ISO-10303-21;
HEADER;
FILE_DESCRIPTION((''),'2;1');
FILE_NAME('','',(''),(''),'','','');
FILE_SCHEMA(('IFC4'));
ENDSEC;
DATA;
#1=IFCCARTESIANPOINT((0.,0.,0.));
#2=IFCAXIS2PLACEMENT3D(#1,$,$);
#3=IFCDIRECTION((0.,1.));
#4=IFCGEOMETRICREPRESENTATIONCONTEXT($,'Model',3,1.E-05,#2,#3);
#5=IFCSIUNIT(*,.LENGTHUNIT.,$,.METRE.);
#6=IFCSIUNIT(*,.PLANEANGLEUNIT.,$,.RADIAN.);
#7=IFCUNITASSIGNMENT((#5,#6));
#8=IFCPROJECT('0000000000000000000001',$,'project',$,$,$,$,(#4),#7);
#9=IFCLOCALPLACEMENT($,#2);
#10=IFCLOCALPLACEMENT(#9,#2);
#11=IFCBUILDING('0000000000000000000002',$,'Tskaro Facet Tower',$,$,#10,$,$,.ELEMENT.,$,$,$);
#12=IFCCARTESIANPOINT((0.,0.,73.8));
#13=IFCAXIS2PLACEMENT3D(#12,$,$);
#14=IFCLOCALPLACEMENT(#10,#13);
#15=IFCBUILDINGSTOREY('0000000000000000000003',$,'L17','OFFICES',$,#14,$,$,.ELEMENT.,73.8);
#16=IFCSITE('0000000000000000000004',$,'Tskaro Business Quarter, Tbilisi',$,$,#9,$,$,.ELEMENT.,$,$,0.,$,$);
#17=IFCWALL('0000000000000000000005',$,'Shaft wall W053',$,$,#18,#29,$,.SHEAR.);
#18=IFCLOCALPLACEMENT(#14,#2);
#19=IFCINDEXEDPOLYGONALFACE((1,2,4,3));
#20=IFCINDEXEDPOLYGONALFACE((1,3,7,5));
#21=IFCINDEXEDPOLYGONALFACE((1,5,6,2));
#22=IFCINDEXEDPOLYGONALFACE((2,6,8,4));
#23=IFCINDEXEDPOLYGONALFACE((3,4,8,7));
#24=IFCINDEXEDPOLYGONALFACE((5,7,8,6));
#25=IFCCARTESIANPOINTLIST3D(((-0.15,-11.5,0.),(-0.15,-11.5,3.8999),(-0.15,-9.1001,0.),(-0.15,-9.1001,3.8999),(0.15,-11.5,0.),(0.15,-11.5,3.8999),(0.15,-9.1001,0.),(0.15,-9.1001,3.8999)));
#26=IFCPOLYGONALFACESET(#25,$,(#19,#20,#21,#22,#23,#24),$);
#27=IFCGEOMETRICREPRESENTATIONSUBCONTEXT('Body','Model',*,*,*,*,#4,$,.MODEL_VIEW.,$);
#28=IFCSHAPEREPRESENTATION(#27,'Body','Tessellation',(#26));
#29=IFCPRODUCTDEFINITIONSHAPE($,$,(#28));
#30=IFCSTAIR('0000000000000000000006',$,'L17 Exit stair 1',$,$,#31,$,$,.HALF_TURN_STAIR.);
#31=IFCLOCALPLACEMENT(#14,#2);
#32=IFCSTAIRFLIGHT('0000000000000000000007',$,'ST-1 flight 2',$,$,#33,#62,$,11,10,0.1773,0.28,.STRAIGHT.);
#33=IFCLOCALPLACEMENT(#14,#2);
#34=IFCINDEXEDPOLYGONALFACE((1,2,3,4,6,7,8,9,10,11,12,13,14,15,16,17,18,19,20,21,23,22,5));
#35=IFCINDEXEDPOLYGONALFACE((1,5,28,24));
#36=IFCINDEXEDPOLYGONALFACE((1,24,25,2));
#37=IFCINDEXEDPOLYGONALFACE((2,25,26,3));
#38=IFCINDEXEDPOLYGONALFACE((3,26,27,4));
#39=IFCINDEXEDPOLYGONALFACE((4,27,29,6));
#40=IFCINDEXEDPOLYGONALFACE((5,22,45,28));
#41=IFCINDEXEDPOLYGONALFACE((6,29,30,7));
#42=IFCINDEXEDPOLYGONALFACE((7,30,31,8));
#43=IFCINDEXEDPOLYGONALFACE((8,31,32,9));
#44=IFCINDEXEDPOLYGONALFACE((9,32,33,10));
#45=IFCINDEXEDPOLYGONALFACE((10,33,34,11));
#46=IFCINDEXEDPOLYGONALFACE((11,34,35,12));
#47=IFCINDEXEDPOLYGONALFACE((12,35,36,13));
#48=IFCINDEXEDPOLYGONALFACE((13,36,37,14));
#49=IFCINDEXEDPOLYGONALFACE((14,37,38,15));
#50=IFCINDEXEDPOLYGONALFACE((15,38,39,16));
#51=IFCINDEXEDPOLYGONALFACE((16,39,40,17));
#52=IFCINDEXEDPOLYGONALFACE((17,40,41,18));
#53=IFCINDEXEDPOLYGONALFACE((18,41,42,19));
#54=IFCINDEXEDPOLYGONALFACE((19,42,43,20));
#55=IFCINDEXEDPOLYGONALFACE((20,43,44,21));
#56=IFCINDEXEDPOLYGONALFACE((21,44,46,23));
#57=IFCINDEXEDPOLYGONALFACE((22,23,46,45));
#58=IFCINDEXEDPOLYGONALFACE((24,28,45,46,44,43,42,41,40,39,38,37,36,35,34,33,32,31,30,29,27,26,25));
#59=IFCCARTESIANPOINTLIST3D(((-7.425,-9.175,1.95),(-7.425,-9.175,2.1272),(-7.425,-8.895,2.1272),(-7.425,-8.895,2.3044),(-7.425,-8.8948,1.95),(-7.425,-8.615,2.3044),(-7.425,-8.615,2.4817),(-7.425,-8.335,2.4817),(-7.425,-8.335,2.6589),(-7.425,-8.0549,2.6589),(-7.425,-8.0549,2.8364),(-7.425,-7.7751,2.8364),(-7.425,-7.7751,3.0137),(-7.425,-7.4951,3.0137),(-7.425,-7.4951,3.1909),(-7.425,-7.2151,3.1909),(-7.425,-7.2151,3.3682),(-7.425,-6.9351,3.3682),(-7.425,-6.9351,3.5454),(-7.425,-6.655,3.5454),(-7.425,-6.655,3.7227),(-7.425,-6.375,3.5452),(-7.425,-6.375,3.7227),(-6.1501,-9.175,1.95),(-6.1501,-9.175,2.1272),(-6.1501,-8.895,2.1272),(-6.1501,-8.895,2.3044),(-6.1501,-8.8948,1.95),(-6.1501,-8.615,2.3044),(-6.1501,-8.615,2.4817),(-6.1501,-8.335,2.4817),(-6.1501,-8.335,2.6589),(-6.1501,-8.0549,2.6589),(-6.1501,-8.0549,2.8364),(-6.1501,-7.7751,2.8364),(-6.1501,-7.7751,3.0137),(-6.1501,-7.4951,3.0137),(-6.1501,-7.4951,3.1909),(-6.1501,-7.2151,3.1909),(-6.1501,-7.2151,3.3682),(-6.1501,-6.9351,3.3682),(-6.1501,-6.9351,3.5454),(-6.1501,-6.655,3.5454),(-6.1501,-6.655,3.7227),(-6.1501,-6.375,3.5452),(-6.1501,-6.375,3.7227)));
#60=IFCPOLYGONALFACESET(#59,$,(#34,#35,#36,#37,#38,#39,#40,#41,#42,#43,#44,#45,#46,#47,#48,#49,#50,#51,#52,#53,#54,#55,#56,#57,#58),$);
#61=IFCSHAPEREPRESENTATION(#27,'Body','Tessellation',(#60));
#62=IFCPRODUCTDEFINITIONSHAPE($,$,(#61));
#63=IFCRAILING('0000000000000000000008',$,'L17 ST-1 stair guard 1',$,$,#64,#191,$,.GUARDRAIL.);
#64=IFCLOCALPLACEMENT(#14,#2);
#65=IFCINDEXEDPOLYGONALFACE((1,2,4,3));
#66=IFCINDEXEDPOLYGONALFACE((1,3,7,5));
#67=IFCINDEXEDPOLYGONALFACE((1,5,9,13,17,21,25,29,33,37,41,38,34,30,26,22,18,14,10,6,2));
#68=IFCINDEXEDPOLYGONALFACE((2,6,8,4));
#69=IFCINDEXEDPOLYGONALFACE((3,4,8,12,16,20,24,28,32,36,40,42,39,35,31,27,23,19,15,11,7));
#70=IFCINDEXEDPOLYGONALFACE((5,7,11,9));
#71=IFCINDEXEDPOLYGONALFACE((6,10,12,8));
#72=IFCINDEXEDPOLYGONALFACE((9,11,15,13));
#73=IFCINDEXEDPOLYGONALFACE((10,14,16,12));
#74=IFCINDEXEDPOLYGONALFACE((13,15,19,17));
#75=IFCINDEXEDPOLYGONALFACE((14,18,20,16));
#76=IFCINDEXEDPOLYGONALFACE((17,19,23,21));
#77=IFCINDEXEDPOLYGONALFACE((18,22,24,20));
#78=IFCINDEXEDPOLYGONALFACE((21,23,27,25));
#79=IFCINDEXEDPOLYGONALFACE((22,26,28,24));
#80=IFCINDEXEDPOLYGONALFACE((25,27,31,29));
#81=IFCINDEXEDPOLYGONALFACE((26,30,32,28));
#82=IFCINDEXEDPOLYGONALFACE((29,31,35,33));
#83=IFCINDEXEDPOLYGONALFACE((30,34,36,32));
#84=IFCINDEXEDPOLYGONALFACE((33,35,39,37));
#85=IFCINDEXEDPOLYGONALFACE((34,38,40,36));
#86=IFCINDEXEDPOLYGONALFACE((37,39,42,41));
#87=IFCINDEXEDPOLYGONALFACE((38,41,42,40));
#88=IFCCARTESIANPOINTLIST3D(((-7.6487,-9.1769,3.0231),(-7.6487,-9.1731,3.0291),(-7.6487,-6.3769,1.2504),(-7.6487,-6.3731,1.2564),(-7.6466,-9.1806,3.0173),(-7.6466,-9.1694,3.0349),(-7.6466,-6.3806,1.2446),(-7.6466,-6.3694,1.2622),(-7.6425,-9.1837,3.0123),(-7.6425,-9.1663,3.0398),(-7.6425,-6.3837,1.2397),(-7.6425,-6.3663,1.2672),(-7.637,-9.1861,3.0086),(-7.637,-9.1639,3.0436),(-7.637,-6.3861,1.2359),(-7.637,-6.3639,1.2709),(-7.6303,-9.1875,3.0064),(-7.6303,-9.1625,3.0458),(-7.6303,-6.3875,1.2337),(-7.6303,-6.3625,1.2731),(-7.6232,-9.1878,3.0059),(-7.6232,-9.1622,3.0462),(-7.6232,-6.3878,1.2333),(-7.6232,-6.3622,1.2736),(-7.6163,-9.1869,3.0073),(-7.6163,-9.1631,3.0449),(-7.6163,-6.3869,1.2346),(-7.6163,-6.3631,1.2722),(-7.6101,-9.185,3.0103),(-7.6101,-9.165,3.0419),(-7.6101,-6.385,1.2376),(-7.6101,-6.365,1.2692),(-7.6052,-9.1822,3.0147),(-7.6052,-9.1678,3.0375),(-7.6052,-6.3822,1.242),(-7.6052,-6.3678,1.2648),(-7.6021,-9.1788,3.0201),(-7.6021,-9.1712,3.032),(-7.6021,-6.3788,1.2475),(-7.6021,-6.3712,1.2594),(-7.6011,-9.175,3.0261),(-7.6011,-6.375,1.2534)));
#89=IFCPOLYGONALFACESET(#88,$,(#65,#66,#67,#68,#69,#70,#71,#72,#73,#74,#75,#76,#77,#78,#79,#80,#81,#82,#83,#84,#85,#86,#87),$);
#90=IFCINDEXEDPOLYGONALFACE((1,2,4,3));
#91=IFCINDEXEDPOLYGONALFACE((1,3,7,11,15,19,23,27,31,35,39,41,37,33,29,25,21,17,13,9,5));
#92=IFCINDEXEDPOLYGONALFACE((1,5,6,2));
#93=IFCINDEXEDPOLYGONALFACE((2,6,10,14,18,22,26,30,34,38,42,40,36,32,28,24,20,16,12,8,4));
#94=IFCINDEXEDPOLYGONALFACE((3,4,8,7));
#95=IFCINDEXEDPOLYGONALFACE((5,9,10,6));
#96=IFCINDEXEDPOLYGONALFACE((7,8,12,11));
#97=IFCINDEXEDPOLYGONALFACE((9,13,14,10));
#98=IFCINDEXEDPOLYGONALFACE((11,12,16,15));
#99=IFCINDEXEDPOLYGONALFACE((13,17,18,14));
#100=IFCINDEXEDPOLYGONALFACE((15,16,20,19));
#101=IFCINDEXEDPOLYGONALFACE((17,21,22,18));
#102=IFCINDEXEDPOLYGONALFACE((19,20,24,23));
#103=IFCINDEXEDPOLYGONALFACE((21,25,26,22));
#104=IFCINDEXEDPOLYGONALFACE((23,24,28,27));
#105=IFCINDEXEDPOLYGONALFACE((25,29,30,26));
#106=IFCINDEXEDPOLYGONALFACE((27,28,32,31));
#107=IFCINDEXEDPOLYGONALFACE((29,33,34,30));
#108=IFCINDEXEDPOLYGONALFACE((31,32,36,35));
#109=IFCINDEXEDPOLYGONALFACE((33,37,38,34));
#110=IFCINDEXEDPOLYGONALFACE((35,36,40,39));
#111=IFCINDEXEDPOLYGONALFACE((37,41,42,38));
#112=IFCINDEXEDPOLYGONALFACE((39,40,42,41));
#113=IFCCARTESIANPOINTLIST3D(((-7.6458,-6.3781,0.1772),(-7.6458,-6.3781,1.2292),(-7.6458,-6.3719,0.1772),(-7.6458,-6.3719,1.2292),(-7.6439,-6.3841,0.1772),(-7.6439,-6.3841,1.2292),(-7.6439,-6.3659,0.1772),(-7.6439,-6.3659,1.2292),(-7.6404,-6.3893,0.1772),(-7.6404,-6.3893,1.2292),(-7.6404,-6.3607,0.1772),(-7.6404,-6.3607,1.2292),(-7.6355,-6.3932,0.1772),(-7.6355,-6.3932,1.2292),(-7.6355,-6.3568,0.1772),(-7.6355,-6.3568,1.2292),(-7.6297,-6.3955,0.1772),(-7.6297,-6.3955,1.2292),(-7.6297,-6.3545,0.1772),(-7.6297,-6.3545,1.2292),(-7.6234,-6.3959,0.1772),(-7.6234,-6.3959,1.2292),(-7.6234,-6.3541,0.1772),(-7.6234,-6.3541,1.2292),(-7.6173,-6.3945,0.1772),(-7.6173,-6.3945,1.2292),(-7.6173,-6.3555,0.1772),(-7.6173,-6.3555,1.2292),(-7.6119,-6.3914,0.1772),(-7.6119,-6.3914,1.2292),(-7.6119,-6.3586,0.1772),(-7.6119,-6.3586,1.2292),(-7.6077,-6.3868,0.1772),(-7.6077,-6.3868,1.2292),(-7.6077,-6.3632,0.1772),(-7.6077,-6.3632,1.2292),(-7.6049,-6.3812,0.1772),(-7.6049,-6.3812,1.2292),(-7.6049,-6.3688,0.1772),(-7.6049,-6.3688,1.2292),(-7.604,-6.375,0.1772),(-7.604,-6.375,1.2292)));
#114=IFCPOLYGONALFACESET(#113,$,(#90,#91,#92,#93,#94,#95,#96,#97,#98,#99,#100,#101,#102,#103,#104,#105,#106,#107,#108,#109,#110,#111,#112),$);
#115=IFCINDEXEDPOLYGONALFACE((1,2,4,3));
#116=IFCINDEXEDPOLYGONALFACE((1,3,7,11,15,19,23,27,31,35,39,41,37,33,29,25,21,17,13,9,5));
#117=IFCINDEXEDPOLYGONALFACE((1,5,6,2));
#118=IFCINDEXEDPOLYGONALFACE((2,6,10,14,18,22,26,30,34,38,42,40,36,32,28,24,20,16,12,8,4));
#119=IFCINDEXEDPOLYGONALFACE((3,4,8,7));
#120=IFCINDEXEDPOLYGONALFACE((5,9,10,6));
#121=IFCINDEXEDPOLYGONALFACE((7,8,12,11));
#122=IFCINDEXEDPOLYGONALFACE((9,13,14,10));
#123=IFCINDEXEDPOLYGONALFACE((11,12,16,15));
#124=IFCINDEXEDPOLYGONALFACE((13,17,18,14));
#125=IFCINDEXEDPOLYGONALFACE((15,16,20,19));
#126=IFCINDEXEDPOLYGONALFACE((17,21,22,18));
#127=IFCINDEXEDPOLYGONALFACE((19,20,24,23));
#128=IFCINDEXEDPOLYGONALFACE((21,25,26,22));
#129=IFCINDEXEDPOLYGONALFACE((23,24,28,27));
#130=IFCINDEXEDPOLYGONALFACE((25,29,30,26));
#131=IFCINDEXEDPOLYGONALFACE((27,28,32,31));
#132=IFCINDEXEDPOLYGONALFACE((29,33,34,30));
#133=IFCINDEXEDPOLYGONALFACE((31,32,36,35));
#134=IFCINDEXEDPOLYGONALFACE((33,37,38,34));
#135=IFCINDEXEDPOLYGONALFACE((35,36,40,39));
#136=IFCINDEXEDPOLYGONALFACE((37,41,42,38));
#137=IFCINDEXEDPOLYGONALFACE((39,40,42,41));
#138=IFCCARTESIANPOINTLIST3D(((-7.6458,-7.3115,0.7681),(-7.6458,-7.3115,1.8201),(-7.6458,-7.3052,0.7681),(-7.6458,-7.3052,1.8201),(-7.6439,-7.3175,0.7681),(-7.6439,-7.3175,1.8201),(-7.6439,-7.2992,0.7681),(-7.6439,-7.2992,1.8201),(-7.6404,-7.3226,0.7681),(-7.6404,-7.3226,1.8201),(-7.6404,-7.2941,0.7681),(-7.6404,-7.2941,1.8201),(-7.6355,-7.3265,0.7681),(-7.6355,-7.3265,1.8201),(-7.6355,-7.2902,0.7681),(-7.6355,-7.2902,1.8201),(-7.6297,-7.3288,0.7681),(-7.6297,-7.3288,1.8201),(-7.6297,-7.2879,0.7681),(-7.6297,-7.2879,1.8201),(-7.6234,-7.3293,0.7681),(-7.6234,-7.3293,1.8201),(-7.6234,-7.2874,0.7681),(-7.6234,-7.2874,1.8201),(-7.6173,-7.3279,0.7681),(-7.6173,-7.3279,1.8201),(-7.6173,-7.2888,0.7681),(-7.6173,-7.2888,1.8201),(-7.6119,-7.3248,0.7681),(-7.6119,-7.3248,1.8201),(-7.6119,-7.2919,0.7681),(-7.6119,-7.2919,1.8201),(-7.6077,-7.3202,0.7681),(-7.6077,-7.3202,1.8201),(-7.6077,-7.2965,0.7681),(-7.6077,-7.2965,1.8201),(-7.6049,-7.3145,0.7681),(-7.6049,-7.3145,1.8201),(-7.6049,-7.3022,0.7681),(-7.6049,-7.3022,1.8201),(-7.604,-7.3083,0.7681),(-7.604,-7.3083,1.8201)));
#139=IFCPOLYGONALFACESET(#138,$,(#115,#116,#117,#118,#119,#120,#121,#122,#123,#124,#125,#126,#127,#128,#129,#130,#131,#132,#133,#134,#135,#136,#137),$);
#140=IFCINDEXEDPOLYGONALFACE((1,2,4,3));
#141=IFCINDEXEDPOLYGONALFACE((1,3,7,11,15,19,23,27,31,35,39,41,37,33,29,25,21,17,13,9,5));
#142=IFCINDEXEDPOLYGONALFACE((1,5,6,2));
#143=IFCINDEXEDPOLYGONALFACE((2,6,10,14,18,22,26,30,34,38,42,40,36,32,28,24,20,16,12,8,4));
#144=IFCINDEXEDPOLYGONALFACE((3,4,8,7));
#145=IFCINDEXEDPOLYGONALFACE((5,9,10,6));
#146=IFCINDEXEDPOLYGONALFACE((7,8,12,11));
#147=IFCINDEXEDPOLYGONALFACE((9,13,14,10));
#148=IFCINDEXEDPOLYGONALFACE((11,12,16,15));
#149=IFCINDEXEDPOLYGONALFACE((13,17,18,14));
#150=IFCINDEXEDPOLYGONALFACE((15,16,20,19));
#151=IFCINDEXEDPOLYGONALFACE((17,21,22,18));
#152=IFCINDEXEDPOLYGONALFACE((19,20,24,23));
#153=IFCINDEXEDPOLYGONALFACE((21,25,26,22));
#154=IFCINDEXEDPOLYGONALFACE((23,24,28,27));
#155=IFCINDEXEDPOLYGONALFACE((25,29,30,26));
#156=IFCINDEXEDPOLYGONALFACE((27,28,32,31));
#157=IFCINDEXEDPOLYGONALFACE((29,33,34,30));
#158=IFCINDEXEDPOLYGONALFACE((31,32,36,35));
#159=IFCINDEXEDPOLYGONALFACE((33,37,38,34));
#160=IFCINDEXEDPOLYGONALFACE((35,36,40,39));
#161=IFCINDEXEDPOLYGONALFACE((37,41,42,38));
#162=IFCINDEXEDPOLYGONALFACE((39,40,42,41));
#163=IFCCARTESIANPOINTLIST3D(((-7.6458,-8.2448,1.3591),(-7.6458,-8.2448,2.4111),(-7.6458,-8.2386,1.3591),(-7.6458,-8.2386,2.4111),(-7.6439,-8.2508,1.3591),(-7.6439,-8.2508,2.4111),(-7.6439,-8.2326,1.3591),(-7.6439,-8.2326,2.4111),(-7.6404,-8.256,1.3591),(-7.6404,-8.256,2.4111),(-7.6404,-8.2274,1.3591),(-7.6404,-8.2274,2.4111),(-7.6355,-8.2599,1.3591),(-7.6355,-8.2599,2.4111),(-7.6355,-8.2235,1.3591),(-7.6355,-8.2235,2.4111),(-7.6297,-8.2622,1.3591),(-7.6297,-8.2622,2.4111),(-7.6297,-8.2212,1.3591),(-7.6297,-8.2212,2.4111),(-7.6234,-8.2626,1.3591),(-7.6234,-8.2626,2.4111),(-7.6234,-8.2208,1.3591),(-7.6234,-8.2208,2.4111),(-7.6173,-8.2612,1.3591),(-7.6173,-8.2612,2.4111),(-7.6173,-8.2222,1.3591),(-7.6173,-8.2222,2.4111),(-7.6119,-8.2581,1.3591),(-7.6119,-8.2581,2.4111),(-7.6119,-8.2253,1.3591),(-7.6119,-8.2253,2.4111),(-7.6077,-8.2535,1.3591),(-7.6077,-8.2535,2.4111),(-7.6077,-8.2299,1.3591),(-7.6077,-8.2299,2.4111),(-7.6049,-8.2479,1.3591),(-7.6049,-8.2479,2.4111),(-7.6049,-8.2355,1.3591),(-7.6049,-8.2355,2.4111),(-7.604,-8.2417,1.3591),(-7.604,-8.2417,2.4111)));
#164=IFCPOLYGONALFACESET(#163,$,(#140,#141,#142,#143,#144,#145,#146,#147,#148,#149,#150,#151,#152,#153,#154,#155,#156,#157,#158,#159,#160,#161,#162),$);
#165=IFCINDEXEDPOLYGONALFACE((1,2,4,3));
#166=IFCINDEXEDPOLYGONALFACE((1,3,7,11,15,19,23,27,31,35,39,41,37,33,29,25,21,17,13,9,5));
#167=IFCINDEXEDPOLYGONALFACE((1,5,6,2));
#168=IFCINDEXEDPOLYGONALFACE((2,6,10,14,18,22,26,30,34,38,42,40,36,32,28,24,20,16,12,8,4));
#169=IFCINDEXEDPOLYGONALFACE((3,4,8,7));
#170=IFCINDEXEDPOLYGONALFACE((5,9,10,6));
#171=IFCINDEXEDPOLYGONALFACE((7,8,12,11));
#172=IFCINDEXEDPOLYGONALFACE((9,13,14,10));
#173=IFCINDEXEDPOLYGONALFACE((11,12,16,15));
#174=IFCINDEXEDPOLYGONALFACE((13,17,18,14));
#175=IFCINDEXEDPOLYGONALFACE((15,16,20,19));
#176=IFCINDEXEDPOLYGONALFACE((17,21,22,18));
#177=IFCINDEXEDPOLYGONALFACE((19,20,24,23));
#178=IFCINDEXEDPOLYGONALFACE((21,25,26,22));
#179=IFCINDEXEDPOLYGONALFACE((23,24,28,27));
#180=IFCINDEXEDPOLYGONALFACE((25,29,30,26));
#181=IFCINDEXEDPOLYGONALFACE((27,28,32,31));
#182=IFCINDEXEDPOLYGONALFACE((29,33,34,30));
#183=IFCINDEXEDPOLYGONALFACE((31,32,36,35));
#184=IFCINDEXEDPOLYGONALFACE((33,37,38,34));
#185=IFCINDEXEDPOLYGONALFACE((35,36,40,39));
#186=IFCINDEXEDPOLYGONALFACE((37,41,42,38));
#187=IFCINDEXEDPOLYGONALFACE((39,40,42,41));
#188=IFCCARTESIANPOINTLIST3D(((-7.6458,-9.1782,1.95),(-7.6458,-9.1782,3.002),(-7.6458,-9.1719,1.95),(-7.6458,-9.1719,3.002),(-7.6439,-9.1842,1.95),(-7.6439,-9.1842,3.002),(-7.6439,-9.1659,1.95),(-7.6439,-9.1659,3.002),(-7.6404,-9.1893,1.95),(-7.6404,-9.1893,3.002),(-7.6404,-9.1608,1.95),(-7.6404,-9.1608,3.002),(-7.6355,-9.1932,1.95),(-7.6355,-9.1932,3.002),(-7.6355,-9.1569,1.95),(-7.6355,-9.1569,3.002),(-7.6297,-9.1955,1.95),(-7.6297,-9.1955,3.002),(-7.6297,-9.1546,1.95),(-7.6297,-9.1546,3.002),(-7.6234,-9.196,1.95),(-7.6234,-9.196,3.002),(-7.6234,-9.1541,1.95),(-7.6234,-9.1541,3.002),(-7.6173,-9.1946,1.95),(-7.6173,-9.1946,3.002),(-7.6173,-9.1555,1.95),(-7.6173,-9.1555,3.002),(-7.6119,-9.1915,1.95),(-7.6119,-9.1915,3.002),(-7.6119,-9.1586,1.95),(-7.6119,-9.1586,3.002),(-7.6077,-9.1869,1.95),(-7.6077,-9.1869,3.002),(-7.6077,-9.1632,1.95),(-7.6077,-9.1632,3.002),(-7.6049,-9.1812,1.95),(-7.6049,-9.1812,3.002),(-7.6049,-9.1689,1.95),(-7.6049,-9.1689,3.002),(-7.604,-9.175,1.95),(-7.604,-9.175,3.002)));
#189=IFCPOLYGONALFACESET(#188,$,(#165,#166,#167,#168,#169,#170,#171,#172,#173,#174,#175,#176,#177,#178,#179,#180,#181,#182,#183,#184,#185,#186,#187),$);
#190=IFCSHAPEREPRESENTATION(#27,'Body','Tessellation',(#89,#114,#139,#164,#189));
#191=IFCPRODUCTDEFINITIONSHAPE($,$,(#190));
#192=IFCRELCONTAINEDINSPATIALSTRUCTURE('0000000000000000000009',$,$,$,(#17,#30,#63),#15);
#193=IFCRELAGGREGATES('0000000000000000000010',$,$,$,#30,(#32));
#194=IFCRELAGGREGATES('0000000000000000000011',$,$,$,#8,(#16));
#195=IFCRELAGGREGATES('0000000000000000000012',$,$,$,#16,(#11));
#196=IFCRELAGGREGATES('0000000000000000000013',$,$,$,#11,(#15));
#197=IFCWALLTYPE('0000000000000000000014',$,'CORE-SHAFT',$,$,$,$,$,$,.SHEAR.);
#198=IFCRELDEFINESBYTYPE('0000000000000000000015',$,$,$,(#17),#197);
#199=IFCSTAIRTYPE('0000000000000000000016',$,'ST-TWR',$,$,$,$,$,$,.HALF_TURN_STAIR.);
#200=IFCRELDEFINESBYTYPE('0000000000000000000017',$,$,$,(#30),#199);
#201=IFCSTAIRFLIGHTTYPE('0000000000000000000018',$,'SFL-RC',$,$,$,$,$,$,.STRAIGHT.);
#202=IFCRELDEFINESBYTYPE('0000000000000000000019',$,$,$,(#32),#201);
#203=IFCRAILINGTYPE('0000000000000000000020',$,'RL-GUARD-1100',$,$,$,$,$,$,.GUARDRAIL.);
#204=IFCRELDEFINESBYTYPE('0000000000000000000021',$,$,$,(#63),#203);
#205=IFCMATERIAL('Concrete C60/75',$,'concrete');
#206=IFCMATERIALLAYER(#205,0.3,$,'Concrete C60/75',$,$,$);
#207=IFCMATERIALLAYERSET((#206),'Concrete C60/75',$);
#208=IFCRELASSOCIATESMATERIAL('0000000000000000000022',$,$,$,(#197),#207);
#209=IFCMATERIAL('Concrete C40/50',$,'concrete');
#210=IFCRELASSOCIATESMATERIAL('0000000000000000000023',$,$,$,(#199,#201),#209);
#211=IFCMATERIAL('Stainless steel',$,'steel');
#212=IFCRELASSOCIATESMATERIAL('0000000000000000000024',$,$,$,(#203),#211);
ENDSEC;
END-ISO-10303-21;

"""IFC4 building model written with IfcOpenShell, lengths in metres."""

from ifc_helpers import new_model, si_unit, direction, frame, frame_2d, origin, origin_2d, place, context, subcontext, project, spatial, polyline, rectangle, circle, outline, extrude, material, layer, layer_set, type_object, element, aggregate, save


model = new_model("IFC4")

# Units and contexts
model_context = context("Model", 3, precision=1e-05, world=origin(), true_north=direction((0.0, 1.0)))
body_context = subcontext(model_context, "Body", "Model", "MODEL_VIEW")
ifc_project = project(units=[si_unit("LENGTHUNIT", "METRE"), si_unit("PLANEANGLEUNIT", "RADIAN")], contexts=[model_context])

# Site, building, storey
site_placement = place(None, origin())
site = spatial("IfcSite", under=ifc_project, at=site_placement, Name="Tskaro Business Quarter, Tbilisi", CompositionType="ELEMENT", RefElevation=0.0)
building_placement = place(site_placement, origin())
building = spatial("IfcBuilding", under=site, at=building_placement, Name="Tskaro Facet Tower", CompositionType="ELEMENT")
storey_placement = place(building_placement, frame((0.0, 0.0, 73.8)))
storey = spatial("IfcBuildingStorey", under=building, at=storey_placement, Name="L17", Description="OFFICES", CompositionType="ELEMENT", Elevation=73.8)

# Shared definitions
ifc_material_1 = material(Name="Concrete C60/75", Category="concrete")
ifc_layer = layer(ifc_material_1, 0.3, Name="Concrete C60/75")
ifc_layer_set = layer_set([ifc_layer], Name="Concrete C60/75")
wall_type = type_object("IfcWallType", Name="CORE-SHAFT", PredefinedType="SHEAR", material=ifc_layer_set)
ifc_material_2 = material(Name="Stainless steel", Category="steel")

# Wall
wall_1_placement = place(storey_placement, frame((0.0, -11.5, 0.0), z_axis=(0.0, 0.0, 1.0), x_axis=(0.0, 1.0, 0.0)))
element("IfcWall", 1, at=wall_1_placement, inside=storey, type_object=wall_type, Name="Shaft wall W053", PredefinedType="SHEAR", context=body_context, shape_type="SweptSolid", body=[
    extrude(rectangle(XDim=2.3999, YDim=0.3, at=frame_2d((1.2, 0.0))), origin(), (0.0, 0.0, 1.0), 3.8999),
])

# Stair, stair flight
ifc_material_3 = material(Name="Concrete C40/50", Category="concrete")
stair_type = type_object("IfcStairType", Name="ST-TWR", PredefinedType="HALF_TURN_STAIR", material=ifc_material_3)
stair_placement = place(storey_placement, origin())
stair = element("IfcStair", 2, at=stair_placement, inside=storey, type_object=stair_type, Name="L17 Exit stair 1", PredefinedType="HALF_TURN_STAIR")
stair_flight_type = type_object("IfcStairFlightType", Name="SFL-RC", PredefinedType="STRAIGHT", material=ifc_material_3)
stair_flight_placement = place(storey_placement, frame((-6.7876, -9.175, 1.95), z_axis=(0.0, 0.0, 1.0), x_axis=(0.0, 1.0, 0.0)))
stair_flight = element("IfcStairFlight", 3, at=stair_flight_placement, type_object=stair_flight_type, Name="ST-1 flight 2", NumberOfRisers=11, NumberOfTreads=10, PredefinedType="STRAIGHT", RiserHeight=0.1773, TreadLength=0.28, context=body_context, shape_type="SweptSolid", body=[
    extrude(outline(polyline([(0.0, 0.0), (0.0, 0.1772), (0.28, 0.1772), (0.28, 0.3545), (0.5601, 0.3545), (0.5601, 0.5317), (0.8401, 0.5317), (0.8401, 0.709), (1.1201, 0.709), (1.1201, 0.8865), (1.3999, 0.8865), (1.3999, 1.0637), (1.6799, 1.0637), (1.6799, 1.241), (1.96, 1.241), (1.96, 1.4182), (2.24, 1.4182), (2.24, 1.5955), (2.52, 1.5955), (2.52, 1.7727), (2.8, 1.7727), (2.8, 1.95), (2.8, 1.5952), (0.2803, 0.0), (0.0, 0.0)])), frame((0.0, 0.6375, 0.0), z_axis=(0.0, -1.0, 0.0), x_axis=(1.0, 0.0, 0.0)), (0.0, 0.0, 1.0), 1.2749),
])
aggregate(stair, [stair_flight])

# Railing
railing_type_1 = type_object("IfcRailingType", Name="RL-GUARD-1100", PredefinedType="GUARDRAIL", material=ifc_material_2)
railing_1_placement = place(storey_placement, frame((-7.625, -6.375, 0.1772)))
element("IfcRailing", 4, at=railing_1_placement, inside=storey, type_object=railing_type_1, Name="L17 ST-1 stair guard 1", PredefinedType="GUARDRAIL", context=body_context, shape_type="SweptSolid", body=[
    extrude(circle(Radius=0.0239, at=origin_2d()), frame((0.0, 0.0, 1.0762), z_axis=(0.0, -0.844909, 0.53491), x_axis=(1.0, 0.0, 0.0)), (0.0, 0.0, 1.0), 3.314),
    extrude(circle(Radius=0.021, at=origin_2d()), origin(), (0.0, 0.0, 1.0), 1.052),
    extrude(circle(Radius=0.021, at=origin_2d()), frame((0.0, -0.9333, 0.5908)), (0.0, 0.0, 1.0), 1.052),
    extrude(circle(Radius=0.021, at=origin_2d()), frame((0.0, -1.8667, 1.1819)), (0.0, 0.0, 1.0), 1.052),
    extrude(circle(Radius=0.021, at=origin_2d()), frame((0.0, -2.8, 1.7727)), (0.0, 0.0, 1.0), 1.052),
])

save(model, "model.ifc")
